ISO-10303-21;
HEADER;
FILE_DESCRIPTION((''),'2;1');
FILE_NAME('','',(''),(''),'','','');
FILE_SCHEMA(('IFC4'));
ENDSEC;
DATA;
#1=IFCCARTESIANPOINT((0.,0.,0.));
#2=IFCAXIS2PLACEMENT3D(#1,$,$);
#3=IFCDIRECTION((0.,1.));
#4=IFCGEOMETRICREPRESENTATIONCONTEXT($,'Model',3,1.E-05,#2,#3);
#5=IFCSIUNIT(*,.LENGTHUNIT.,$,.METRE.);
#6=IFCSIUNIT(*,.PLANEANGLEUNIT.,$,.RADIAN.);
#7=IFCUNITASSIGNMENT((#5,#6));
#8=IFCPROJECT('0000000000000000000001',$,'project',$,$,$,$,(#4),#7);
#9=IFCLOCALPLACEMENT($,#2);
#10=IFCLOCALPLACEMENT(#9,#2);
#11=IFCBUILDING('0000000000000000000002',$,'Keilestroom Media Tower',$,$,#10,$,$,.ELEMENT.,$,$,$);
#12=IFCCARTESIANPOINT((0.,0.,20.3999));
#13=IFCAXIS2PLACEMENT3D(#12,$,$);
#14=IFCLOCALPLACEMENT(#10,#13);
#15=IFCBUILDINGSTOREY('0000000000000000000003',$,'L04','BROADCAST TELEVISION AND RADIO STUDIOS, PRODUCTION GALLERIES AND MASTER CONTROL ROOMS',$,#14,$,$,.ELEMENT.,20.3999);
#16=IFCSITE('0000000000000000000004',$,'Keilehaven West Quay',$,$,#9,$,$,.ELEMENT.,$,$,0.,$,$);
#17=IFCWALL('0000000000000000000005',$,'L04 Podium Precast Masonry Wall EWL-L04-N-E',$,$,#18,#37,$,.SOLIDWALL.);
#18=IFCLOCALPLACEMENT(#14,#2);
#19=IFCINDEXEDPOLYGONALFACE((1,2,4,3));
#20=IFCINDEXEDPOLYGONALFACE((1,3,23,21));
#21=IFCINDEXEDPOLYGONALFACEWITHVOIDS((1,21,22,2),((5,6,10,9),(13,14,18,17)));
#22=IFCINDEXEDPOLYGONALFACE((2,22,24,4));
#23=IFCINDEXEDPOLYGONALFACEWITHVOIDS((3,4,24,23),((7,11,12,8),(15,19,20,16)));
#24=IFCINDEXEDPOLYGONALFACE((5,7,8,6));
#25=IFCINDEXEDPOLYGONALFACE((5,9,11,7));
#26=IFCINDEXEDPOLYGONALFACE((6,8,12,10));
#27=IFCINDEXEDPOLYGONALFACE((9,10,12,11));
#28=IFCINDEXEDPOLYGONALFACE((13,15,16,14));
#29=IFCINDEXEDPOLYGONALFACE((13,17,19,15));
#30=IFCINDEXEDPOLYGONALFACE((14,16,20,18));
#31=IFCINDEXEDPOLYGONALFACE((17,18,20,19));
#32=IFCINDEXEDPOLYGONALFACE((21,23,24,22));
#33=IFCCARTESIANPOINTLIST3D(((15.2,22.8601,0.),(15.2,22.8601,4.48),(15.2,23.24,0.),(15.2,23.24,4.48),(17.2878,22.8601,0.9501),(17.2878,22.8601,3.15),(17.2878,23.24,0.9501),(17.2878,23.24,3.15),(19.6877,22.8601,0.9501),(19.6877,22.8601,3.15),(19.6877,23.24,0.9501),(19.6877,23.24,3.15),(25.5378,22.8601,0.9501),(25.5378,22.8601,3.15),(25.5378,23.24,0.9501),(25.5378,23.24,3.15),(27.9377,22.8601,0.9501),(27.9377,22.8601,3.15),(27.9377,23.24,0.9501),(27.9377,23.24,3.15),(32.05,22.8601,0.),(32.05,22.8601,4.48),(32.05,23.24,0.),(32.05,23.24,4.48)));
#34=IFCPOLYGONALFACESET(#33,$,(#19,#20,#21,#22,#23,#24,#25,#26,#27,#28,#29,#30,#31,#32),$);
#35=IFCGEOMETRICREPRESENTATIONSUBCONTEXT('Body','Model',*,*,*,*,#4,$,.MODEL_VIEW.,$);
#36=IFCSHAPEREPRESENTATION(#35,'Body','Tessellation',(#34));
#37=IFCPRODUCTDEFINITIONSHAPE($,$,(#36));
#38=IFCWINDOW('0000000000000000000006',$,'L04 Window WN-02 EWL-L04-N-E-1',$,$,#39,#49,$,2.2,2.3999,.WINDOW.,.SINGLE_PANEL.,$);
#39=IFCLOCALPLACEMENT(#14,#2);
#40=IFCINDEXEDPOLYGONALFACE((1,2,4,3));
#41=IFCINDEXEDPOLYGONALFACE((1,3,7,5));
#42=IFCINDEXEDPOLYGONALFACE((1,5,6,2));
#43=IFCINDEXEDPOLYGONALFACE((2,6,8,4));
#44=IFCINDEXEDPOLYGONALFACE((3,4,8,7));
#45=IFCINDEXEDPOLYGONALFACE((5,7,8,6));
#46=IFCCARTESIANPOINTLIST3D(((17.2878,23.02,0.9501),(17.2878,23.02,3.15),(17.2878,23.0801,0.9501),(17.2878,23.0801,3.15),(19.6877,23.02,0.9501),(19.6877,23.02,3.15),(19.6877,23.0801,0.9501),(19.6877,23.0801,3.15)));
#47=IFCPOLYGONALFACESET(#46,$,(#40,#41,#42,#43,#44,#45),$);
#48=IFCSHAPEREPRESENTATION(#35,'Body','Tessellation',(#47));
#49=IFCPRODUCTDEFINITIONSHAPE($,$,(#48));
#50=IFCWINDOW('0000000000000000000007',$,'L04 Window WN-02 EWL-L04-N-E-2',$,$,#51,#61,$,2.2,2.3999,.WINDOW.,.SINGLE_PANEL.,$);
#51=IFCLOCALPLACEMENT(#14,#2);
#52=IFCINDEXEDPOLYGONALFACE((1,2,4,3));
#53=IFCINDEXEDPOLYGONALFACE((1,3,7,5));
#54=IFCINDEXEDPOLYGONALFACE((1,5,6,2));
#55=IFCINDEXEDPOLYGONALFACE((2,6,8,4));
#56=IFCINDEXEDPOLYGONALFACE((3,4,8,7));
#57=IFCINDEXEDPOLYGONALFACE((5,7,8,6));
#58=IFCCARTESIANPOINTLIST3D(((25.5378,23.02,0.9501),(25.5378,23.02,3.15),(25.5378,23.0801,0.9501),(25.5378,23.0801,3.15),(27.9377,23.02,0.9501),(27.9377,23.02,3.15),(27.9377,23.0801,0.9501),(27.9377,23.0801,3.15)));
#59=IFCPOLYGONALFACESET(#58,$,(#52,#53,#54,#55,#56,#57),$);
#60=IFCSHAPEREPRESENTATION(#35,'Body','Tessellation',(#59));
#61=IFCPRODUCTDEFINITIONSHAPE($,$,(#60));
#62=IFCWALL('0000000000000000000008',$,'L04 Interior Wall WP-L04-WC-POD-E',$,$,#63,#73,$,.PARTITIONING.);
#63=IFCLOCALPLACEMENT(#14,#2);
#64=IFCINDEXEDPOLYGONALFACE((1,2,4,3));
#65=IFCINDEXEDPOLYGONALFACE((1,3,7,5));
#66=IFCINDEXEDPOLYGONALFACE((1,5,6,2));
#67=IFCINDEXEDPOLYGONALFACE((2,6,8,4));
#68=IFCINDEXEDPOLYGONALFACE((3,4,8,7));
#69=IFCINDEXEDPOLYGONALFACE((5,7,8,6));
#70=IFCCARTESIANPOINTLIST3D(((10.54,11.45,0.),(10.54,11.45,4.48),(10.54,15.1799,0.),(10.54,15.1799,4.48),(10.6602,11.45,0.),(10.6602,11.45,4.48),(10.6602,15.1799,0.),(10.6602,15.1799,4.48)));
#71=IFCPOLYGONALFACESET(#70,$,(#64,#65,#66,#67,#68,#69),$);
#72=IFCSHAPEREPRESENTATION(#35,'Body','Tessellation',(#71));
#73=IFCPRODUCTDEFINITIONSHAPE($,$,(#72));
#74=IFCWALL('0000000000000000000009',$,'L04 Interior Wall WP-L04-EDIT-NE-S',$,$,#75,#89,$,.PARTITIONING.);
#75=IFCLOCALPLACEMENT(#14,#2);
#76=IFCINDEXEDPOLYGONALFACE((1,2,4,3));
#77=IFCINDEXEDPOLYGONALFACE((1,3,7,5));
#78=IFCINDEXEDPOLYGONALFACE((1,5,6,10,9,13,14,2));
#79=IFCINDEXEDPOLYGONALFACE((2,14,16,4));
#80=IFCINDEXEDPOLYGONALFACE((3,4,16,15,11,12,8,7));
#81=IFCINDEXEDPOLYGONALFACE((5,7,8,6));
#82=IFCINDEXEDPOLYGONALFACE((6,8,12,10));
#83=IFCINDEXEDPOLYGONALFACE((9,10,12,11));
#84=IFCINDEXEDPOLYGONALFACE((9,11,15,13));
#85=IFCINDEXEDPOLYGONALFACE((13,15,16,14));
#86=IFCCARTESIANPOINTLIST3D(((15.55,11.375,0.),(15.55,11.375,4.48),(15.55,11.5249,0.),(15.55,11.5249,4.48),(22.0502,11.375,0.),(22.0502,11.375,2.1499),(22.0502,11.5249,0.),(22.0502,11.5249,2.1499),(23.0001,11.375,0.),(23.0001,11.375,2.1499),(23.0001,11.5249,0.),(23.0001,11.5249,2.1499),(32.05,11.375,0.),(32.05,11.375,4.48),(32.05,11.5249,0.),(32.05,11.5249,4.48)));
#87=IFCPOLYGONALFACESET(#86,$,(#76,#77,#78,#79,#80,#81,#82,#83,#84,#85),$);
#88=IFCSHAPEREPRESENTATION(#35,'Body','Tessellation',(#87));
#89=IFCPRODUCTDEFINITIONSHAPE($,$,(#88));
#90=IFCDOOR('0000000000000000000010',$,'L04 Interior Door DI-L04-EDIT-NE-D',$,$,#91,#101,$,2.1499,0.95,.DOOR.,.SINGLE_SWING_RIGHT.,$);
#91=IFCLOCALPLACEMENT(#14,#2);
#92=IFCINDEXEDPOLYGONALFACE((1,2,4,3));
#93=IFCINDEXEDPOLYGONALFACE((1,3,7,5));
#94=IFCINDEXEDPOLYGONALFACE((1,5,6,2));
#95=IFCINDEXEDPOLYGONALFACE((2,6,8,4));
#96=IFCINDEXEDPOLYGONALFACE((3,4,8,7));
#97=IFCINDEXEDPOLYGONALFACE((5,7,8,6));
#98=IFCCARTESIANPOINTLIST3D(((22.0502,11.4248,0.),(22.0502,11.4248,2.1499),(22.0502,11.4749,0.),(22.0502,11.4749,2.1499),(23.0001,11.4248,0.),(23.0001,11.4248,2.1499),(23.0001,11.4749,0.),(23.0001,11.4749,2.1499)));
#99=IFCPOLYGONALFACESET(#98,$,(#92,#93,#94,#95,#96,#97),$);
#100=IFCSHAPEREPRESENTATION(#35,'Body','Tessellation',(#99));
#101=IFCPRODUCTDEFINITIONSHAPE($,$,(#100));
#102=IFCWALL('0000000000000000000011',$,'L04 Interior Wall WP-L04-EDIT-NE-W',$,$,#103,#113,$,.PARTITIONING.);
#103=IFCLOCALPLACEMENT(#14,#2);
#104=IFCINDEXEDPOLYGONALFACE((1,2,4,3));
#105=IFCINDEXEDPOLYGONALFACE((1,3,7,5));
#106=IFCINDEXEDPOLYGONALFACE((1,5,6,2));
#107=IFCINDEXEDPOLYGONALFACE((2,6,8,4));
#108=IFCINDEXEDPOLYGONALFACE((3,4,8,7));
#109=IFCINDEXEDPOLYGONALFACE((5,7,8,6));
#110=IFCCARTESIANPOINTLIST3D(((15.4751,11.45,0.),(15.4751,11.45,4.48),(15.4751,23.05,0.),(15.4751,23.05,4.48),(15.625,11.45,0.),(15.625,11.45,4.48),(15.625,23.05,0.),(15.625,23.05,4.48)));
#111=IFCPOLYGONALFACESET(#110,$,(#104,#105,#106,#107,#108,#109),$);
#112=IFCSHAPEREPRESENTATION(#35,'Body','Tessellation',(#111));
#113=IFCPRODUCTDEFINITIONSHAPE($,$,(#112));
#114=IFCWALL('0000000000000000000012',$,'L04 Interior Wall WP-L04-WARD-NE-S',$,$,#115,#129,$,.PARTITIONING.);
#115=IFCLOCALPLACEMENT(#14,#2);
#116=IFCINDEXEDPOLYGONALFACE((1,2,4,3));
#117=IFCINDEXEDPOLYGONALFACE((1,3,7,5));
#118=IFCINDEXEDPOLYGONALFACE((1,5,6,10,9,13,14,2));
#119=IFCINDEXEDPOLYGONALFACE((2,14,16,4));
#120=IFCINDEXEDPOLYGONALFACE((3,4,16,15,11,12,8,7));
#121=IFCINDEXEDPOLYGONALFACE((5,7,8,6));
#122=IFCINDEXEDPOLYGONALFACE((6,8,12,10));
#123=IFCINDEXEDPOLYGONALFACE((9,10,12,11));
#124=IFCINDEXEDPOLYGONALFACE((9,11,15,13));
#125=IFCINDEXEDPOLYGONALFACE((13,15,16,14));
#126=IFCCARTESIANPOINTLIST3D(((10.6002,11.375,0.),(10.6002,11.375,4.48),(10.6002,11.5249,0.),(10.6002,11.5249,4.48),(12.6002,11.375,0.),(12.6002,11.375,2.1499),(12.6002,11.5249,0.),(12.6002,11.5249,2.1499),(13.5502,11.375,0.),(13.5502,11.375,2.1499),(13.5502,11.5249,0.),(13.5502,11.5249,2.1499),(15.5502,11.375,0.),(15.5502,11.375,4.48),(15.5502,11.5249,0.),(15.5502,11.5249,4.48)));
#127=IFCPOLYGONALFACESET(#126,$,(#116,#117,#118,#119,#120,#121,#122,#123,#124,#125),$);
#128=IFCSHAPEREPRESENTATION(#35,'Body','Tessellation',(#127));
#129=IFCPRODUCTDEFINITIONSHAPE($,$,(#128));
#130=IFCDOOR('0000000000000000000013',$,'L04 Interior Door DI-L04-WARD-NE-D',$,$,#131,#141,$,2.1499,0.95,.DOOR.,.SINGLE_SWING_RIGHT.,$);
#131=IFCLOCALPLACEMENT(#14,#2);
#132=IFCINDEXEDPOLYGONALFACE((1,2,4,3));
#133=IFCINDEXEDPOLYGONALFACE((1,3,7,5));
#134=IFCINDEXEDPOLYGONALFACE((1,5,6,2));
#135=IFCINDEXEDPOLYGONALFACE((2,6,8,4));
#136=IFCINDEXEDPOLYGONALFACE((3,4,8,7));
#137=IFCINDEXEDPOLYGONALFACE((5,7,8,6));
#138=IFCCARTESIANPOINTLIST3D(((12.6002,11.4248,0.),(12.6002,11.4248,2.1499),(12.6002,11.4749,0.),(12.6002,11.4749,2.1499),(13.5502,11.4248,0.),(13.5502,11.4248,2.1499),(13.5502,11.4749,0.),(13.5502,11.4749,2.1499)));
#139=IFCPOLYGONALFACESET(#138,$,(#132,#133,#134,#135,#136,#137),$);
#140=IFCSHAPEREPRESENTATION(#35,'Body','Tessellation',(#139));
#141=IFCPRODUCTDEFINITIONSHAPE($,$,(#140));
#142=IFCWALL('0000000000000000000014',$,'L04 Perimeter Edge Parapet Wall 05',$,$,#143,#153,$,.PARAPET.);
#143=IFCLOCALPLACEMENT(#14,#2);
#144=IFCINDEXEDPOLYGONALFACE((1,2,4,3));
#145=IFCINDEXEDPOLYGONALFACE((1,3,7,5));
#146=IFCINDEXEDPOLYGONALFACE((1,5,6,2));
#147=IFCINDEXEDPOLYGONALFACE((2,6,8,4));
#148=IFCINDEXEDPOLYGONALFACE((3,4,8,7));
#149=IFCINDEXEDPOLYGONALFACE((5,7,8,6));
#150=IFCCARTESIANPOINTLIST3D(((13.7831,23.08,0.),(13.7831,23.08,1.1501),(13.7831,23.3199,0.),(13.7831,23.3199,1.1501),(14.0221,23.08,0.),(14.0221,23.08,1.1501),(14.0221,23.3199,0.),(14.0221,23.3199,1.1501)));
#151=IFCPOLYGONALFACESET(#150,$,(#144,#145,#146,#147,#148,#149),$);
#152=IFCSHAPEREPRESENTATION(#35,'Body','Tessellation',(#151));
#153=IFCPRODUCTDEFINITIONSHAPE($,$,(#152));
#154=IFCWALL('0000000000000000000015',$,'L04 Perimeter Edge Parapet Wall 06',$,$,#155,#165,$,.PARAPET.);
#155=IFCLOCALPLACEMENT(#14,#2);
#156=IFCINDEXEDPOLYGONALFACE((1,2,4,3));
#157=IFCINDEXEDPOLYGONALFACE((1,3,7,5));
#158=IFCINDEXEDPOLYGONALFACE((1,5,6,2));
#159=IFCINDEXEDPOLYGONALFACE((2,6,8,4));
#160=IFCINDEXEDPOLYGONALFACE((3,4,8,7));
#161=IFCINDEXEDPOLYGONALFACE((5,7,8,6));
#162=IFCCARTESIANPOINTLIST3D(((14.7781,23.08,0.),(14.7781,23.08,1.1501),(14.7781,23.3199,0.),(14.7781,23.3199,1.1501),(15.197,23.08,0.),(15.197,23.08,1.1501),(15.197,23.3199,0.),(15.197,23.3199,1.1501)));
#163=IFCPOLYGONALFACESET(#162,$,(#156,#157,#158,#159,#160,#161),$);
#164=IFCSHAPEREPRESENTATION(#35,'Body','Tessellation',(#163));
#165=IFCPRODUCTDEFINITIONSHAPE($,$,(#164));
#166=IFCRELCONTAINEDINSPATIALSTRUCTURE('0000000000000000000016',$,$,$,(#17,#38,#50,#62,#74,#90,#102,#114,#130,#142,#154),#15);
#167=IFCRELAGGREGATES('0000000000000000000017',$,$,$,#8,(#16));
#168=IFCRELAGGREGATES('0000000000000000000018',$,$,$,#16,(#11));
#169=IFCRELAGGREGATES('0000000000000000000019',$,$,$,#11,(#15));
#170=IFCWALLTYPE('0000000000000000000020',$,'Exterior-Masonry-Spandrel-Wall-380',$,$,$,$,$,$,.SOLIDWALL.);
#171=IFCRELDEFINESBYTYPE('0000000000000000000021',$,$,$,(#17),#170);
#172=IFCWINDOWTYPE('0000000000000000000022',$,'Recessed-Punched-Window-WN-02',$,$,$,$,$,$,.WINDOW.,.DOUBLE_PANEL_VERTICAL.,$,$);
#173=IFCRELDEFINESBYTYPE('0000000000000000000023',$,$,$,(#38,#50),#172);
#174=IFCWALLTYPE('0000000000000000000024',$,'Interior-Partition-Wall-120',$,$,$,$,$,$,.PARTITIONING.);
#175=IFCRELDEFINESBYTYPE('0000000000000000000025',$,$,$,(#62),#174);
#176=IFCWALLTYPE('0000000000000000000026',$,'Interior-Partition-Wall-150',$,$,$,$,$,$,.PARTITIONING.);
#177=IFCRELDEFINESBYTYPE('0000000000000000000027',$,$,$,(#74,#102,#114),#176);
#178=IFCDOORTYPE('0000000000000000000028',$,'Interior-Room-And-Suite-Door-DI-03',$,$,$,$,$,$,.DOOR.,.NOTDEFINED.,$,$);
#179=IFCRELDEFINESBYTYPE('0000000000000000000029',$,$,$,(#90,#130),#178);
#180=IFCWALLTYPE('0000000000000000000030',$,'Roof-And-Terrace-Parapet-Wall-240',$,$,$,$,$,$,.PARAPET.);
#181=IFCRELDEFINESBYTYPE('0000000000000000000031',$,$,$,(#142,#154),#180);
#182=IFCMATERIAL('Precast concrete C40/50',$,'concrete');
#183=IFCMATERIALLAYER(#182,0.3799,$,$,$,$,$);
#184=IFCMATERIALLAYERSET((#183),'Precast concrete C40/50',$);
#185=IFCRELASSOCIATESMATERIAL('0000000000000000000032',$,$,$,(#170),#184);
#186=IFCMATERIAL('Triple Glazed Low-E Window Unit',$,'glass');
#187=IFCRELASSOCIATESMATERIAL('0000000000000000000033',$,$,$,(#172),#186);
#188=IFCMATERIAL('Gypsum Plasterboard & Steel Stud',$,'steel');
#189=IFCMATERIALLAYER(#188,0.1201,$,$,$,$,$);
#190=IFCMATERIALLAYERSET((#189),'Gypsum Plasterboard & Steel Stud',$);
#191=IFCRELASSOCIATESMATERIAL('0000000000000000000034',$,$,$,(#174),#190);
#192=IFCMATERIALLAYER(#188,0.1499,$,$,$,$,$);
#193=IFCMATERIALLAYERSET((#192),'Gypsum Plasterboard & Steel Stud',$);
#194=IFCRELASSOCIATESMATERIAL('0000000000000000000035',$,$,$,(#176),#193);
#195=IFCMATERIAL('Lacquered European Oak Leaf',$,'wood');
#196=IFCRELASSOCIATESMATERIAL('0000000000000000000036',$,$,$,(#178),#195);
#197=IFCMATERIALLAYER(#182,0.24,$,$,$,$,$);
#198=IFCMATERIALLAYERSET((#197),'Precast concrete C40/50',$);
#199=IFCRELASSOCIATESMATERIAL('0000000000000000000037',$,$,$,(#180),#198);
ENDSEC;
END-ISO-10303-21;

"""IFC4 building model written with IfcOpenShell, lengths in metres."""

from ifc_helpers import new_model, si_unit, direction, frame, frame_2d, origin, place, context, subcontext, project, spatial, rectangle, extrude, source, transform, mapped, material, layer, layer_set, type_object, element, fill, save


model = new_model("IFC4")

# Units and contexts
model_context = context("Model", 3, precision=1e-05, world=origin(), true_north=direction((0.0, 1.0)))
body_context = subcontext(model_context, "Body", "Model", "MODEL_VIEW")
ifc_project = project(units=[si_unit("LENGTHUNIT", "METRE"), si_unit("PLANEANGLEUNIT", "RADIAN")], contexts=[model_context])

# Site, building, storey
site_placement = place(None, origin())
site = spatial("IfcSite", under=ifc_project, at=site_placement, Name="Keilehaven West Quay", CompositionType="ELEMENT", RefElevation=0.0)
building_placement = place(site_placement, origin())
building = spatial("IfcBuilding", under=site, at=building_placement, Name="Keilestroom Media Tower", CompositionType="ELEMENT")
storey_placement = place(building_placement, frame((0.0, 0.0, 20.3999)))
storey = spatial("IfcBuildingStorey", under=building, at=storey_placement, Name="L04", Description="BROADCAST TELEVISION AND RADIO STUDIOS, PRODUCTION GALLERIES AND MASTER CONTROL ROOMS", CompositionType="ELEMENT", Elevation=20.3999)

# Shared definitions
ifc_material_1 = material(Name="Precast concrete C40/50", Category="concrete")

# Wall, openings, windows
ifc_layer_1 = layer(ifc_material_1, 0.3799)
ifc_layer_set_1 = layer_set([ifc_layer_1], Name="Precast concrete C40/50")
wall_type_1 = type_object("IfcWallType", Name="Exterior-Masonry-Spandrel-Wall-380", PredefinedType="SOLIDWALL", material=ifc_layer_set_1)
wall_1_placement = place(storey_placement, frame((15.2, 23.05, 0.0), z_axis=(0.0, 0.0, 1.0), x_axis=(1.0, 0.0, 0.0)))
wall_1 = element("IfcWall", 1, at=wall_1_placement, inside=storey, type_object=wall_type_1, Name="L04 Podium Precast Masonry Wall EWL-L04-N-E", PredefinedType="SOLIDWALL", context=body_context, shape_type="SweptSolid", body=[
    extrude(rectangle(XDim=16.8501, YDim=0.3799, at=frame_2d((8.425, 0.0))), origin(), (0.0, 0.0, 1.0), 4.48),
])
opening_1_placement = place(wall_1_placement, frame((2.0879, 0.0, 0.95)))
opening_1 = element("IfcOpeningElement", 2, at=opening_1_placement, cuts=wall_1, PredefinedType="OPENING", context=body_context, shape_type="SweptSolid", body=[
    extrude(rectangle(XDim=2.3999, YDim=2.2, at=frame_2d((1.2, 1.1001))), frame((0.0, 0.2, 0.0), z_axis=(0.0, -1.0, 0.0), x_axis=(1.0, 0.0, 0.0)), (0.0, 0.0, 1.0), 0.3999),
])
opening_2_placement = place(wall_1_placement, frame((10.3379, 0.0, 0.95)))
opening_2 = element("IfcOpeningElement", 3, at=opening_2_placement, cuts=wall_1, PredefinedType="OPENING", context=body_context, shape_type="SweptSolid", body=[
    extrude(rectangle(XDim=2.3999, YDim=2.2, at=frame_2d((1.2, 1.1001))), frame((0.0, 0.2, 0.0), z_axis=(0.0, -1.0, 0.0), x_axis=(1.0, 0.0, 0.0)), (0.0, 0.0, 1.0), 0.3999),
])
ifc_material_2 = material(Name="Triple Glazed Low-E Window Unit", Category="glass")
window_type = type_object("IfcWindowType", Name="Recessed-Punched-Window-WN-02", PartitioningType="DOUBLE_PANEL_VERTICAL", PredefinedType="WINDOW", material=ifc_material_2)
shared_shape_1 = source(origin(), body_context, "Body", "SweptSolid", [
    extrude(rectangle(XDim=2.3999, YDim=2.2, at=frame_2d((1.2, 1.1001))), frame((0.0, 0.03, 0.0), z_axis=(0.0, -1.0, 0.0), x_axis=(1.0, 0.0, 0.0)), (0.0, 0.0, 1.0), 0.0601),
])
window_1_placement = place(opening_1_placement, origin())
window_1 = element("IfcWindow", 4, at=window_1_placement, inside=storey, type_object=window_type, Name="L04 Window WN-02 EWL-L04-N-E-1", OverallHeight=2.2, OverallWidth=2.3999, PartitioningType="SINGLE_PANEL", PredefinedType="WINDOW", context=body_context, shape_type="MappedRepresentation", body=[
    mapped(shared_shape_1, transform((0.0, 0.0, 0.0), x_axis=(1.0, 0.0, 0.0), y_axis=(0.0, 1.0, 0.0), z_axis=(0.0, 0.0, 1.0), scale=1.0)),
])
fill(opening_1, window_1)
window_2_placement = place(opening_2_placement, origin())
window_2 = element("IfcWindow", 5, at=window_2_placement, inside=storey, type_object=window_type, Name="L04 Window WN-02 EWL-L04-N-E-2", OverallHeight=2.2, OverallWidth=2.3999, PartitioningType="SINGLE_PANEL", PredefinedType="WINDOW", context=body_context, shape_type="MappedRepresentation", body=[
    mapped(shared_shape_1, transform((0.0, 0.0, 0.0), x_axis=(1.0, 0.0, 0.0), y_axis=(0.0, 1.0, 0.0), z_axis=(0.0, 0.0, 1.0), scale=1.0)),
])
fill(opening_2, window_2)

# Wall
ifc_material_3 = material(Name="Gypsum Plasterboard & Steel Stud", Category="steel")
ifc_layer_2 = layer(ifc_material_3, 0.1201)
ifc_layer_set_2 = layer_set([ifc_layer_2], Name="Gypsum Plasterboard & Steel Stud")
wall_type_2 = type_object("IfcWallType", Name="Interior-Partition-Wall-120", PredefinedType="PARTITIONING", material=ifc_layer_set_2)
wall_2_placement = place(storey_placement, frame((10.6001, 11.45, 0.0), z_axis=(0.0, 0.0, 1.0), x_axis=(0.0, 1.0, 0.0)))
element("IfcWall", 6, at=wall_2_placement, inside=storey, type_object=wall_type_2, Name="L04 Interior Wall WP-L04-WC-POD-E", PredefinedType="PARTITIONING", context=body_context, shape_type="SweptSolid", body=[
    extrude(rectangle(XDim=3.73, YDim=0.1201, at=frame_2d((1.865, 0.0))), origin(), (0.0, 0.0, 1.0), 4.48),
])

# Wall, opening, door
ifc_layer_3 = layer(ifc_material_3, 0.1499)
ifc_layer_set_3 = layer_set([ifc_layer_3], Name="Gypsum Plasterboard & Steel Stud")
wall_type_3 = type_object("IfcWallType", Name="Interior-Partition-Wall-150", PredefinedType="PARTITIONING", material=ifc_layer_set_3)
wall_3_placement = place(storey_placement, frame((15.55, 11.45, 0.0), z_axis=(0.0, 0.0, 1.0), x_axis=(1.0, 0.0, 0.0)))
wall_3 = element("IfcWall", 7, at=wall_3_placement, inside=storey, type_object=wall_type_3, Name="L04 Interior Wall WP-L04-EDIT-NE-S", PredefinedType="PARTITIONING", context=body_context, shape_type="SweptSolid", body=[
    extrude(rectangle(XDim=16.5, YDim=0.1499, at=frame_2d((8.25, 0.0))), origin(), (0.0, 0.0, 1.0), 4.48),
])
opening_3_placement = place(wall_3_placement, frame((6.5, 0.0, 0.0)))
opening_3 = element("IfcOpeningElement", 8, at=opening_3_placement, cuts=wall_3, PredefinedType="OPENING", context=body_context, shape_type="SweptSolid", body=[
    extrude(rectangle(XDim=0.95, YDim=2.1499, at=frame_2d((0.4751, 1.075))), frame((0.0, 0.085, 0.0), z_axis=(0.0, -1.0, 0.0), x_axis=(1.0, 0.0, 0.0)), (0.0, 0.0, 1.0), 0.1699),
])
ifc_material_4 = material(Name="Lacquered European Oak Leaf", Category="wood")
door_type = type_object("IfcDoorType", Name="Interior-Room-And-Suite-Door-DI-03", OperationType="NOTDEFINED", PredefinedType="DOOR", material=ifc_material_4)
shared_shape_2 = source(origin(), body_context, "Body", "SweptSolid", [
    extrude(rectangle(XDim=0.95, YDim=2.1499, at=frame_2d((0.4751, 1.075))), frame((0.0, 0.0249, 0.0), z_axis=(0.0, -1.0, 0.0), x_axis=(1.0, 0.0, 0.0)), (0.0, 0.0, 1.0), 0.05),
])
door_1_placement = place(opening_3_placement, origin())
door_1 = element("IfcDoor", 9, at=door_1_placement, inside=storey, type_object=door_type, Name="L04 Interior Door DI-L04-EDIT-NE-D", OperationType="SINGLE_SWING_RIGHT", OverallHeight=2.1499, OverallWidth=0.95, PredefinedType="DOOR", context=body_context, shape_type="MappedRepresentation", body=[
    mapped(shared_shape_2, transform((0.0, 0.0, 0.0), x_axis=(1.0, 0.0, 0.0), y_axis=(0.0, 1.0, 0.0), z_axis=(0.0, 0.0, 1.0), scale=1.0)),
])
fill(opening_3, door_1)

# Wall
wall_4_placement = place(storey_placement, frame((15.55, 11.45, 0.0), z_axis=(0.0, 0.0, 1.0), x_axis=(0.0, 1.0, 0.0)))
element("IfcWall", 10, at=wall_4_placement, inside=storey, type_object=wall_type_3, Name="L04 Interior Wall WP-L04-EDIT-NE-W", PredefinedType="PARTITIONING", context=body_context, shape_type="SweptSolid", body=[
    extrude(rectangle(XDim=11.6001, YDim=0.1499, at=frame_2d((5.8, 0.0))), origin(), (0.0, 0.0, 1.0), 4.48),
])

# Wall, opening, door
wall_5_placement = place(storey_placement, frame((10.6001, 11.45, 0.0), z_axis=(0.0, 0.0, 1.0), x_axis=(1.0, 0.0, 0.0)))
wall_5 = element("IfcWall", 11, at=wall_5_placement, inside=storey, type_object=wall_type_3, Name="L04 Interior Wall WP-L04-WARD-NE-S", PredefinedType="PARTITIONING", context=body_context, shape_type="SweptSolid", body=[
    extrude(rectangle(XDim=4.95, YDim=0.1499, at=frame_2d((2.4751, 0.0))), origin(), (0.0, 0.0, 1.0), 4.48),
])
opening_4_placement = place(wall_5_placement, frame((2.0, 0.0, 0.0)))
opening_4 = element("IfcOpeningElement", 12, at=opening_4_placement, cuts=wall_5, PredefinedType="OPENING", context=body_context, shape_type="SweptSolid", body=[
    extrude(rectangle(XDim=0.95, YDim=2.1499, at=frame_2d((0.4751, 1.075))), frame((0.0, 0.085, 0.0), z_axis=(0.0, -1.0, 0.0), x_axis=(1.0, 0.0, 0.0)), (0.0, 0.0, 1.0), 0.1699),
])
door_2_placement = place(opening_4_placement, origin())
door_2 = element("IfcDoor", 13, at=door_2_placement, inside=storey, type_object=door_type, Name="L04 Interior Door DI-L04-WARD-NE-D", OperationType="SINGLE_SWING_RIGHT", OverallHeight=2.1499, OverallWidth=0.95, PredefinedType="DOOR", context=body_context, shape_type="MappedRepresentation", body=[
    mapped(shared_shape_2, transform((0.0, 0.0, 0.0), x_axis=(1.0, 0.0, 0.0), y_axis=(0.0, 1.0, 0.0), z_axis=(0.0, 0.0, 1.0), scale=1.0)),
])
fill(opening_4, door_2)

# Walls
ifc_layer_4 = layer(ifc_material_1, 0.24)
ifc_layer_set_4 = layer_set([ifc_layer_4], Name="Precast concrete C40/50")
wall_type_4 = type_object("IfcWallType", Name="Roof-And-Terrace-Parapet-Wall-240", PredefinedType="PARAPET", material=ifc_layer_set_4)
wall_6_placement = place(storey_placement, frame((13.783, 23.2, 0.0), z_axis=(0.0, 0.0, 1.0), x_axis=(1.0, 0.0, 0.0)))
element("IfcWall", 14, at=wall_6_placement, inside=storey, type_object=wall_type_4, Name="L04 Perimeter Edge Parapet Wall 05", PredefinedType="PARAPET", context=body_context, shape_type="SweptSolid", body=[
    extrude(rectangle(XDim=0.239, YDim=0.24, at=frame_2d((0.1196, 0.0))), origin(), (0.0, 0.0, 1.0), 1.1501),
])
wall_7_placement = place(storey_placement, frame((14.7781, 23.2, 0.0), z_axis=(0.0, 0.0, 1.0), x_axis=(1.0, 0.0, 0.0)))
element("IfcWall", 15, at=wall_7_placement, inside=storey, type_object=wall_type_4, Name="L04 Perimeter Edge Parapet Wall 06", PredefinedType="PARAPET", context=body_context, shape_type="SweptSolid", body=[
    extrude(rectangle(XDim=0.4189, YDim=0.24, at=frame_2d((0.2095, 0.0))), origin(), (0.0, 0.0, 1.0), 1.1501),
])

save(model, "model.ifc")
